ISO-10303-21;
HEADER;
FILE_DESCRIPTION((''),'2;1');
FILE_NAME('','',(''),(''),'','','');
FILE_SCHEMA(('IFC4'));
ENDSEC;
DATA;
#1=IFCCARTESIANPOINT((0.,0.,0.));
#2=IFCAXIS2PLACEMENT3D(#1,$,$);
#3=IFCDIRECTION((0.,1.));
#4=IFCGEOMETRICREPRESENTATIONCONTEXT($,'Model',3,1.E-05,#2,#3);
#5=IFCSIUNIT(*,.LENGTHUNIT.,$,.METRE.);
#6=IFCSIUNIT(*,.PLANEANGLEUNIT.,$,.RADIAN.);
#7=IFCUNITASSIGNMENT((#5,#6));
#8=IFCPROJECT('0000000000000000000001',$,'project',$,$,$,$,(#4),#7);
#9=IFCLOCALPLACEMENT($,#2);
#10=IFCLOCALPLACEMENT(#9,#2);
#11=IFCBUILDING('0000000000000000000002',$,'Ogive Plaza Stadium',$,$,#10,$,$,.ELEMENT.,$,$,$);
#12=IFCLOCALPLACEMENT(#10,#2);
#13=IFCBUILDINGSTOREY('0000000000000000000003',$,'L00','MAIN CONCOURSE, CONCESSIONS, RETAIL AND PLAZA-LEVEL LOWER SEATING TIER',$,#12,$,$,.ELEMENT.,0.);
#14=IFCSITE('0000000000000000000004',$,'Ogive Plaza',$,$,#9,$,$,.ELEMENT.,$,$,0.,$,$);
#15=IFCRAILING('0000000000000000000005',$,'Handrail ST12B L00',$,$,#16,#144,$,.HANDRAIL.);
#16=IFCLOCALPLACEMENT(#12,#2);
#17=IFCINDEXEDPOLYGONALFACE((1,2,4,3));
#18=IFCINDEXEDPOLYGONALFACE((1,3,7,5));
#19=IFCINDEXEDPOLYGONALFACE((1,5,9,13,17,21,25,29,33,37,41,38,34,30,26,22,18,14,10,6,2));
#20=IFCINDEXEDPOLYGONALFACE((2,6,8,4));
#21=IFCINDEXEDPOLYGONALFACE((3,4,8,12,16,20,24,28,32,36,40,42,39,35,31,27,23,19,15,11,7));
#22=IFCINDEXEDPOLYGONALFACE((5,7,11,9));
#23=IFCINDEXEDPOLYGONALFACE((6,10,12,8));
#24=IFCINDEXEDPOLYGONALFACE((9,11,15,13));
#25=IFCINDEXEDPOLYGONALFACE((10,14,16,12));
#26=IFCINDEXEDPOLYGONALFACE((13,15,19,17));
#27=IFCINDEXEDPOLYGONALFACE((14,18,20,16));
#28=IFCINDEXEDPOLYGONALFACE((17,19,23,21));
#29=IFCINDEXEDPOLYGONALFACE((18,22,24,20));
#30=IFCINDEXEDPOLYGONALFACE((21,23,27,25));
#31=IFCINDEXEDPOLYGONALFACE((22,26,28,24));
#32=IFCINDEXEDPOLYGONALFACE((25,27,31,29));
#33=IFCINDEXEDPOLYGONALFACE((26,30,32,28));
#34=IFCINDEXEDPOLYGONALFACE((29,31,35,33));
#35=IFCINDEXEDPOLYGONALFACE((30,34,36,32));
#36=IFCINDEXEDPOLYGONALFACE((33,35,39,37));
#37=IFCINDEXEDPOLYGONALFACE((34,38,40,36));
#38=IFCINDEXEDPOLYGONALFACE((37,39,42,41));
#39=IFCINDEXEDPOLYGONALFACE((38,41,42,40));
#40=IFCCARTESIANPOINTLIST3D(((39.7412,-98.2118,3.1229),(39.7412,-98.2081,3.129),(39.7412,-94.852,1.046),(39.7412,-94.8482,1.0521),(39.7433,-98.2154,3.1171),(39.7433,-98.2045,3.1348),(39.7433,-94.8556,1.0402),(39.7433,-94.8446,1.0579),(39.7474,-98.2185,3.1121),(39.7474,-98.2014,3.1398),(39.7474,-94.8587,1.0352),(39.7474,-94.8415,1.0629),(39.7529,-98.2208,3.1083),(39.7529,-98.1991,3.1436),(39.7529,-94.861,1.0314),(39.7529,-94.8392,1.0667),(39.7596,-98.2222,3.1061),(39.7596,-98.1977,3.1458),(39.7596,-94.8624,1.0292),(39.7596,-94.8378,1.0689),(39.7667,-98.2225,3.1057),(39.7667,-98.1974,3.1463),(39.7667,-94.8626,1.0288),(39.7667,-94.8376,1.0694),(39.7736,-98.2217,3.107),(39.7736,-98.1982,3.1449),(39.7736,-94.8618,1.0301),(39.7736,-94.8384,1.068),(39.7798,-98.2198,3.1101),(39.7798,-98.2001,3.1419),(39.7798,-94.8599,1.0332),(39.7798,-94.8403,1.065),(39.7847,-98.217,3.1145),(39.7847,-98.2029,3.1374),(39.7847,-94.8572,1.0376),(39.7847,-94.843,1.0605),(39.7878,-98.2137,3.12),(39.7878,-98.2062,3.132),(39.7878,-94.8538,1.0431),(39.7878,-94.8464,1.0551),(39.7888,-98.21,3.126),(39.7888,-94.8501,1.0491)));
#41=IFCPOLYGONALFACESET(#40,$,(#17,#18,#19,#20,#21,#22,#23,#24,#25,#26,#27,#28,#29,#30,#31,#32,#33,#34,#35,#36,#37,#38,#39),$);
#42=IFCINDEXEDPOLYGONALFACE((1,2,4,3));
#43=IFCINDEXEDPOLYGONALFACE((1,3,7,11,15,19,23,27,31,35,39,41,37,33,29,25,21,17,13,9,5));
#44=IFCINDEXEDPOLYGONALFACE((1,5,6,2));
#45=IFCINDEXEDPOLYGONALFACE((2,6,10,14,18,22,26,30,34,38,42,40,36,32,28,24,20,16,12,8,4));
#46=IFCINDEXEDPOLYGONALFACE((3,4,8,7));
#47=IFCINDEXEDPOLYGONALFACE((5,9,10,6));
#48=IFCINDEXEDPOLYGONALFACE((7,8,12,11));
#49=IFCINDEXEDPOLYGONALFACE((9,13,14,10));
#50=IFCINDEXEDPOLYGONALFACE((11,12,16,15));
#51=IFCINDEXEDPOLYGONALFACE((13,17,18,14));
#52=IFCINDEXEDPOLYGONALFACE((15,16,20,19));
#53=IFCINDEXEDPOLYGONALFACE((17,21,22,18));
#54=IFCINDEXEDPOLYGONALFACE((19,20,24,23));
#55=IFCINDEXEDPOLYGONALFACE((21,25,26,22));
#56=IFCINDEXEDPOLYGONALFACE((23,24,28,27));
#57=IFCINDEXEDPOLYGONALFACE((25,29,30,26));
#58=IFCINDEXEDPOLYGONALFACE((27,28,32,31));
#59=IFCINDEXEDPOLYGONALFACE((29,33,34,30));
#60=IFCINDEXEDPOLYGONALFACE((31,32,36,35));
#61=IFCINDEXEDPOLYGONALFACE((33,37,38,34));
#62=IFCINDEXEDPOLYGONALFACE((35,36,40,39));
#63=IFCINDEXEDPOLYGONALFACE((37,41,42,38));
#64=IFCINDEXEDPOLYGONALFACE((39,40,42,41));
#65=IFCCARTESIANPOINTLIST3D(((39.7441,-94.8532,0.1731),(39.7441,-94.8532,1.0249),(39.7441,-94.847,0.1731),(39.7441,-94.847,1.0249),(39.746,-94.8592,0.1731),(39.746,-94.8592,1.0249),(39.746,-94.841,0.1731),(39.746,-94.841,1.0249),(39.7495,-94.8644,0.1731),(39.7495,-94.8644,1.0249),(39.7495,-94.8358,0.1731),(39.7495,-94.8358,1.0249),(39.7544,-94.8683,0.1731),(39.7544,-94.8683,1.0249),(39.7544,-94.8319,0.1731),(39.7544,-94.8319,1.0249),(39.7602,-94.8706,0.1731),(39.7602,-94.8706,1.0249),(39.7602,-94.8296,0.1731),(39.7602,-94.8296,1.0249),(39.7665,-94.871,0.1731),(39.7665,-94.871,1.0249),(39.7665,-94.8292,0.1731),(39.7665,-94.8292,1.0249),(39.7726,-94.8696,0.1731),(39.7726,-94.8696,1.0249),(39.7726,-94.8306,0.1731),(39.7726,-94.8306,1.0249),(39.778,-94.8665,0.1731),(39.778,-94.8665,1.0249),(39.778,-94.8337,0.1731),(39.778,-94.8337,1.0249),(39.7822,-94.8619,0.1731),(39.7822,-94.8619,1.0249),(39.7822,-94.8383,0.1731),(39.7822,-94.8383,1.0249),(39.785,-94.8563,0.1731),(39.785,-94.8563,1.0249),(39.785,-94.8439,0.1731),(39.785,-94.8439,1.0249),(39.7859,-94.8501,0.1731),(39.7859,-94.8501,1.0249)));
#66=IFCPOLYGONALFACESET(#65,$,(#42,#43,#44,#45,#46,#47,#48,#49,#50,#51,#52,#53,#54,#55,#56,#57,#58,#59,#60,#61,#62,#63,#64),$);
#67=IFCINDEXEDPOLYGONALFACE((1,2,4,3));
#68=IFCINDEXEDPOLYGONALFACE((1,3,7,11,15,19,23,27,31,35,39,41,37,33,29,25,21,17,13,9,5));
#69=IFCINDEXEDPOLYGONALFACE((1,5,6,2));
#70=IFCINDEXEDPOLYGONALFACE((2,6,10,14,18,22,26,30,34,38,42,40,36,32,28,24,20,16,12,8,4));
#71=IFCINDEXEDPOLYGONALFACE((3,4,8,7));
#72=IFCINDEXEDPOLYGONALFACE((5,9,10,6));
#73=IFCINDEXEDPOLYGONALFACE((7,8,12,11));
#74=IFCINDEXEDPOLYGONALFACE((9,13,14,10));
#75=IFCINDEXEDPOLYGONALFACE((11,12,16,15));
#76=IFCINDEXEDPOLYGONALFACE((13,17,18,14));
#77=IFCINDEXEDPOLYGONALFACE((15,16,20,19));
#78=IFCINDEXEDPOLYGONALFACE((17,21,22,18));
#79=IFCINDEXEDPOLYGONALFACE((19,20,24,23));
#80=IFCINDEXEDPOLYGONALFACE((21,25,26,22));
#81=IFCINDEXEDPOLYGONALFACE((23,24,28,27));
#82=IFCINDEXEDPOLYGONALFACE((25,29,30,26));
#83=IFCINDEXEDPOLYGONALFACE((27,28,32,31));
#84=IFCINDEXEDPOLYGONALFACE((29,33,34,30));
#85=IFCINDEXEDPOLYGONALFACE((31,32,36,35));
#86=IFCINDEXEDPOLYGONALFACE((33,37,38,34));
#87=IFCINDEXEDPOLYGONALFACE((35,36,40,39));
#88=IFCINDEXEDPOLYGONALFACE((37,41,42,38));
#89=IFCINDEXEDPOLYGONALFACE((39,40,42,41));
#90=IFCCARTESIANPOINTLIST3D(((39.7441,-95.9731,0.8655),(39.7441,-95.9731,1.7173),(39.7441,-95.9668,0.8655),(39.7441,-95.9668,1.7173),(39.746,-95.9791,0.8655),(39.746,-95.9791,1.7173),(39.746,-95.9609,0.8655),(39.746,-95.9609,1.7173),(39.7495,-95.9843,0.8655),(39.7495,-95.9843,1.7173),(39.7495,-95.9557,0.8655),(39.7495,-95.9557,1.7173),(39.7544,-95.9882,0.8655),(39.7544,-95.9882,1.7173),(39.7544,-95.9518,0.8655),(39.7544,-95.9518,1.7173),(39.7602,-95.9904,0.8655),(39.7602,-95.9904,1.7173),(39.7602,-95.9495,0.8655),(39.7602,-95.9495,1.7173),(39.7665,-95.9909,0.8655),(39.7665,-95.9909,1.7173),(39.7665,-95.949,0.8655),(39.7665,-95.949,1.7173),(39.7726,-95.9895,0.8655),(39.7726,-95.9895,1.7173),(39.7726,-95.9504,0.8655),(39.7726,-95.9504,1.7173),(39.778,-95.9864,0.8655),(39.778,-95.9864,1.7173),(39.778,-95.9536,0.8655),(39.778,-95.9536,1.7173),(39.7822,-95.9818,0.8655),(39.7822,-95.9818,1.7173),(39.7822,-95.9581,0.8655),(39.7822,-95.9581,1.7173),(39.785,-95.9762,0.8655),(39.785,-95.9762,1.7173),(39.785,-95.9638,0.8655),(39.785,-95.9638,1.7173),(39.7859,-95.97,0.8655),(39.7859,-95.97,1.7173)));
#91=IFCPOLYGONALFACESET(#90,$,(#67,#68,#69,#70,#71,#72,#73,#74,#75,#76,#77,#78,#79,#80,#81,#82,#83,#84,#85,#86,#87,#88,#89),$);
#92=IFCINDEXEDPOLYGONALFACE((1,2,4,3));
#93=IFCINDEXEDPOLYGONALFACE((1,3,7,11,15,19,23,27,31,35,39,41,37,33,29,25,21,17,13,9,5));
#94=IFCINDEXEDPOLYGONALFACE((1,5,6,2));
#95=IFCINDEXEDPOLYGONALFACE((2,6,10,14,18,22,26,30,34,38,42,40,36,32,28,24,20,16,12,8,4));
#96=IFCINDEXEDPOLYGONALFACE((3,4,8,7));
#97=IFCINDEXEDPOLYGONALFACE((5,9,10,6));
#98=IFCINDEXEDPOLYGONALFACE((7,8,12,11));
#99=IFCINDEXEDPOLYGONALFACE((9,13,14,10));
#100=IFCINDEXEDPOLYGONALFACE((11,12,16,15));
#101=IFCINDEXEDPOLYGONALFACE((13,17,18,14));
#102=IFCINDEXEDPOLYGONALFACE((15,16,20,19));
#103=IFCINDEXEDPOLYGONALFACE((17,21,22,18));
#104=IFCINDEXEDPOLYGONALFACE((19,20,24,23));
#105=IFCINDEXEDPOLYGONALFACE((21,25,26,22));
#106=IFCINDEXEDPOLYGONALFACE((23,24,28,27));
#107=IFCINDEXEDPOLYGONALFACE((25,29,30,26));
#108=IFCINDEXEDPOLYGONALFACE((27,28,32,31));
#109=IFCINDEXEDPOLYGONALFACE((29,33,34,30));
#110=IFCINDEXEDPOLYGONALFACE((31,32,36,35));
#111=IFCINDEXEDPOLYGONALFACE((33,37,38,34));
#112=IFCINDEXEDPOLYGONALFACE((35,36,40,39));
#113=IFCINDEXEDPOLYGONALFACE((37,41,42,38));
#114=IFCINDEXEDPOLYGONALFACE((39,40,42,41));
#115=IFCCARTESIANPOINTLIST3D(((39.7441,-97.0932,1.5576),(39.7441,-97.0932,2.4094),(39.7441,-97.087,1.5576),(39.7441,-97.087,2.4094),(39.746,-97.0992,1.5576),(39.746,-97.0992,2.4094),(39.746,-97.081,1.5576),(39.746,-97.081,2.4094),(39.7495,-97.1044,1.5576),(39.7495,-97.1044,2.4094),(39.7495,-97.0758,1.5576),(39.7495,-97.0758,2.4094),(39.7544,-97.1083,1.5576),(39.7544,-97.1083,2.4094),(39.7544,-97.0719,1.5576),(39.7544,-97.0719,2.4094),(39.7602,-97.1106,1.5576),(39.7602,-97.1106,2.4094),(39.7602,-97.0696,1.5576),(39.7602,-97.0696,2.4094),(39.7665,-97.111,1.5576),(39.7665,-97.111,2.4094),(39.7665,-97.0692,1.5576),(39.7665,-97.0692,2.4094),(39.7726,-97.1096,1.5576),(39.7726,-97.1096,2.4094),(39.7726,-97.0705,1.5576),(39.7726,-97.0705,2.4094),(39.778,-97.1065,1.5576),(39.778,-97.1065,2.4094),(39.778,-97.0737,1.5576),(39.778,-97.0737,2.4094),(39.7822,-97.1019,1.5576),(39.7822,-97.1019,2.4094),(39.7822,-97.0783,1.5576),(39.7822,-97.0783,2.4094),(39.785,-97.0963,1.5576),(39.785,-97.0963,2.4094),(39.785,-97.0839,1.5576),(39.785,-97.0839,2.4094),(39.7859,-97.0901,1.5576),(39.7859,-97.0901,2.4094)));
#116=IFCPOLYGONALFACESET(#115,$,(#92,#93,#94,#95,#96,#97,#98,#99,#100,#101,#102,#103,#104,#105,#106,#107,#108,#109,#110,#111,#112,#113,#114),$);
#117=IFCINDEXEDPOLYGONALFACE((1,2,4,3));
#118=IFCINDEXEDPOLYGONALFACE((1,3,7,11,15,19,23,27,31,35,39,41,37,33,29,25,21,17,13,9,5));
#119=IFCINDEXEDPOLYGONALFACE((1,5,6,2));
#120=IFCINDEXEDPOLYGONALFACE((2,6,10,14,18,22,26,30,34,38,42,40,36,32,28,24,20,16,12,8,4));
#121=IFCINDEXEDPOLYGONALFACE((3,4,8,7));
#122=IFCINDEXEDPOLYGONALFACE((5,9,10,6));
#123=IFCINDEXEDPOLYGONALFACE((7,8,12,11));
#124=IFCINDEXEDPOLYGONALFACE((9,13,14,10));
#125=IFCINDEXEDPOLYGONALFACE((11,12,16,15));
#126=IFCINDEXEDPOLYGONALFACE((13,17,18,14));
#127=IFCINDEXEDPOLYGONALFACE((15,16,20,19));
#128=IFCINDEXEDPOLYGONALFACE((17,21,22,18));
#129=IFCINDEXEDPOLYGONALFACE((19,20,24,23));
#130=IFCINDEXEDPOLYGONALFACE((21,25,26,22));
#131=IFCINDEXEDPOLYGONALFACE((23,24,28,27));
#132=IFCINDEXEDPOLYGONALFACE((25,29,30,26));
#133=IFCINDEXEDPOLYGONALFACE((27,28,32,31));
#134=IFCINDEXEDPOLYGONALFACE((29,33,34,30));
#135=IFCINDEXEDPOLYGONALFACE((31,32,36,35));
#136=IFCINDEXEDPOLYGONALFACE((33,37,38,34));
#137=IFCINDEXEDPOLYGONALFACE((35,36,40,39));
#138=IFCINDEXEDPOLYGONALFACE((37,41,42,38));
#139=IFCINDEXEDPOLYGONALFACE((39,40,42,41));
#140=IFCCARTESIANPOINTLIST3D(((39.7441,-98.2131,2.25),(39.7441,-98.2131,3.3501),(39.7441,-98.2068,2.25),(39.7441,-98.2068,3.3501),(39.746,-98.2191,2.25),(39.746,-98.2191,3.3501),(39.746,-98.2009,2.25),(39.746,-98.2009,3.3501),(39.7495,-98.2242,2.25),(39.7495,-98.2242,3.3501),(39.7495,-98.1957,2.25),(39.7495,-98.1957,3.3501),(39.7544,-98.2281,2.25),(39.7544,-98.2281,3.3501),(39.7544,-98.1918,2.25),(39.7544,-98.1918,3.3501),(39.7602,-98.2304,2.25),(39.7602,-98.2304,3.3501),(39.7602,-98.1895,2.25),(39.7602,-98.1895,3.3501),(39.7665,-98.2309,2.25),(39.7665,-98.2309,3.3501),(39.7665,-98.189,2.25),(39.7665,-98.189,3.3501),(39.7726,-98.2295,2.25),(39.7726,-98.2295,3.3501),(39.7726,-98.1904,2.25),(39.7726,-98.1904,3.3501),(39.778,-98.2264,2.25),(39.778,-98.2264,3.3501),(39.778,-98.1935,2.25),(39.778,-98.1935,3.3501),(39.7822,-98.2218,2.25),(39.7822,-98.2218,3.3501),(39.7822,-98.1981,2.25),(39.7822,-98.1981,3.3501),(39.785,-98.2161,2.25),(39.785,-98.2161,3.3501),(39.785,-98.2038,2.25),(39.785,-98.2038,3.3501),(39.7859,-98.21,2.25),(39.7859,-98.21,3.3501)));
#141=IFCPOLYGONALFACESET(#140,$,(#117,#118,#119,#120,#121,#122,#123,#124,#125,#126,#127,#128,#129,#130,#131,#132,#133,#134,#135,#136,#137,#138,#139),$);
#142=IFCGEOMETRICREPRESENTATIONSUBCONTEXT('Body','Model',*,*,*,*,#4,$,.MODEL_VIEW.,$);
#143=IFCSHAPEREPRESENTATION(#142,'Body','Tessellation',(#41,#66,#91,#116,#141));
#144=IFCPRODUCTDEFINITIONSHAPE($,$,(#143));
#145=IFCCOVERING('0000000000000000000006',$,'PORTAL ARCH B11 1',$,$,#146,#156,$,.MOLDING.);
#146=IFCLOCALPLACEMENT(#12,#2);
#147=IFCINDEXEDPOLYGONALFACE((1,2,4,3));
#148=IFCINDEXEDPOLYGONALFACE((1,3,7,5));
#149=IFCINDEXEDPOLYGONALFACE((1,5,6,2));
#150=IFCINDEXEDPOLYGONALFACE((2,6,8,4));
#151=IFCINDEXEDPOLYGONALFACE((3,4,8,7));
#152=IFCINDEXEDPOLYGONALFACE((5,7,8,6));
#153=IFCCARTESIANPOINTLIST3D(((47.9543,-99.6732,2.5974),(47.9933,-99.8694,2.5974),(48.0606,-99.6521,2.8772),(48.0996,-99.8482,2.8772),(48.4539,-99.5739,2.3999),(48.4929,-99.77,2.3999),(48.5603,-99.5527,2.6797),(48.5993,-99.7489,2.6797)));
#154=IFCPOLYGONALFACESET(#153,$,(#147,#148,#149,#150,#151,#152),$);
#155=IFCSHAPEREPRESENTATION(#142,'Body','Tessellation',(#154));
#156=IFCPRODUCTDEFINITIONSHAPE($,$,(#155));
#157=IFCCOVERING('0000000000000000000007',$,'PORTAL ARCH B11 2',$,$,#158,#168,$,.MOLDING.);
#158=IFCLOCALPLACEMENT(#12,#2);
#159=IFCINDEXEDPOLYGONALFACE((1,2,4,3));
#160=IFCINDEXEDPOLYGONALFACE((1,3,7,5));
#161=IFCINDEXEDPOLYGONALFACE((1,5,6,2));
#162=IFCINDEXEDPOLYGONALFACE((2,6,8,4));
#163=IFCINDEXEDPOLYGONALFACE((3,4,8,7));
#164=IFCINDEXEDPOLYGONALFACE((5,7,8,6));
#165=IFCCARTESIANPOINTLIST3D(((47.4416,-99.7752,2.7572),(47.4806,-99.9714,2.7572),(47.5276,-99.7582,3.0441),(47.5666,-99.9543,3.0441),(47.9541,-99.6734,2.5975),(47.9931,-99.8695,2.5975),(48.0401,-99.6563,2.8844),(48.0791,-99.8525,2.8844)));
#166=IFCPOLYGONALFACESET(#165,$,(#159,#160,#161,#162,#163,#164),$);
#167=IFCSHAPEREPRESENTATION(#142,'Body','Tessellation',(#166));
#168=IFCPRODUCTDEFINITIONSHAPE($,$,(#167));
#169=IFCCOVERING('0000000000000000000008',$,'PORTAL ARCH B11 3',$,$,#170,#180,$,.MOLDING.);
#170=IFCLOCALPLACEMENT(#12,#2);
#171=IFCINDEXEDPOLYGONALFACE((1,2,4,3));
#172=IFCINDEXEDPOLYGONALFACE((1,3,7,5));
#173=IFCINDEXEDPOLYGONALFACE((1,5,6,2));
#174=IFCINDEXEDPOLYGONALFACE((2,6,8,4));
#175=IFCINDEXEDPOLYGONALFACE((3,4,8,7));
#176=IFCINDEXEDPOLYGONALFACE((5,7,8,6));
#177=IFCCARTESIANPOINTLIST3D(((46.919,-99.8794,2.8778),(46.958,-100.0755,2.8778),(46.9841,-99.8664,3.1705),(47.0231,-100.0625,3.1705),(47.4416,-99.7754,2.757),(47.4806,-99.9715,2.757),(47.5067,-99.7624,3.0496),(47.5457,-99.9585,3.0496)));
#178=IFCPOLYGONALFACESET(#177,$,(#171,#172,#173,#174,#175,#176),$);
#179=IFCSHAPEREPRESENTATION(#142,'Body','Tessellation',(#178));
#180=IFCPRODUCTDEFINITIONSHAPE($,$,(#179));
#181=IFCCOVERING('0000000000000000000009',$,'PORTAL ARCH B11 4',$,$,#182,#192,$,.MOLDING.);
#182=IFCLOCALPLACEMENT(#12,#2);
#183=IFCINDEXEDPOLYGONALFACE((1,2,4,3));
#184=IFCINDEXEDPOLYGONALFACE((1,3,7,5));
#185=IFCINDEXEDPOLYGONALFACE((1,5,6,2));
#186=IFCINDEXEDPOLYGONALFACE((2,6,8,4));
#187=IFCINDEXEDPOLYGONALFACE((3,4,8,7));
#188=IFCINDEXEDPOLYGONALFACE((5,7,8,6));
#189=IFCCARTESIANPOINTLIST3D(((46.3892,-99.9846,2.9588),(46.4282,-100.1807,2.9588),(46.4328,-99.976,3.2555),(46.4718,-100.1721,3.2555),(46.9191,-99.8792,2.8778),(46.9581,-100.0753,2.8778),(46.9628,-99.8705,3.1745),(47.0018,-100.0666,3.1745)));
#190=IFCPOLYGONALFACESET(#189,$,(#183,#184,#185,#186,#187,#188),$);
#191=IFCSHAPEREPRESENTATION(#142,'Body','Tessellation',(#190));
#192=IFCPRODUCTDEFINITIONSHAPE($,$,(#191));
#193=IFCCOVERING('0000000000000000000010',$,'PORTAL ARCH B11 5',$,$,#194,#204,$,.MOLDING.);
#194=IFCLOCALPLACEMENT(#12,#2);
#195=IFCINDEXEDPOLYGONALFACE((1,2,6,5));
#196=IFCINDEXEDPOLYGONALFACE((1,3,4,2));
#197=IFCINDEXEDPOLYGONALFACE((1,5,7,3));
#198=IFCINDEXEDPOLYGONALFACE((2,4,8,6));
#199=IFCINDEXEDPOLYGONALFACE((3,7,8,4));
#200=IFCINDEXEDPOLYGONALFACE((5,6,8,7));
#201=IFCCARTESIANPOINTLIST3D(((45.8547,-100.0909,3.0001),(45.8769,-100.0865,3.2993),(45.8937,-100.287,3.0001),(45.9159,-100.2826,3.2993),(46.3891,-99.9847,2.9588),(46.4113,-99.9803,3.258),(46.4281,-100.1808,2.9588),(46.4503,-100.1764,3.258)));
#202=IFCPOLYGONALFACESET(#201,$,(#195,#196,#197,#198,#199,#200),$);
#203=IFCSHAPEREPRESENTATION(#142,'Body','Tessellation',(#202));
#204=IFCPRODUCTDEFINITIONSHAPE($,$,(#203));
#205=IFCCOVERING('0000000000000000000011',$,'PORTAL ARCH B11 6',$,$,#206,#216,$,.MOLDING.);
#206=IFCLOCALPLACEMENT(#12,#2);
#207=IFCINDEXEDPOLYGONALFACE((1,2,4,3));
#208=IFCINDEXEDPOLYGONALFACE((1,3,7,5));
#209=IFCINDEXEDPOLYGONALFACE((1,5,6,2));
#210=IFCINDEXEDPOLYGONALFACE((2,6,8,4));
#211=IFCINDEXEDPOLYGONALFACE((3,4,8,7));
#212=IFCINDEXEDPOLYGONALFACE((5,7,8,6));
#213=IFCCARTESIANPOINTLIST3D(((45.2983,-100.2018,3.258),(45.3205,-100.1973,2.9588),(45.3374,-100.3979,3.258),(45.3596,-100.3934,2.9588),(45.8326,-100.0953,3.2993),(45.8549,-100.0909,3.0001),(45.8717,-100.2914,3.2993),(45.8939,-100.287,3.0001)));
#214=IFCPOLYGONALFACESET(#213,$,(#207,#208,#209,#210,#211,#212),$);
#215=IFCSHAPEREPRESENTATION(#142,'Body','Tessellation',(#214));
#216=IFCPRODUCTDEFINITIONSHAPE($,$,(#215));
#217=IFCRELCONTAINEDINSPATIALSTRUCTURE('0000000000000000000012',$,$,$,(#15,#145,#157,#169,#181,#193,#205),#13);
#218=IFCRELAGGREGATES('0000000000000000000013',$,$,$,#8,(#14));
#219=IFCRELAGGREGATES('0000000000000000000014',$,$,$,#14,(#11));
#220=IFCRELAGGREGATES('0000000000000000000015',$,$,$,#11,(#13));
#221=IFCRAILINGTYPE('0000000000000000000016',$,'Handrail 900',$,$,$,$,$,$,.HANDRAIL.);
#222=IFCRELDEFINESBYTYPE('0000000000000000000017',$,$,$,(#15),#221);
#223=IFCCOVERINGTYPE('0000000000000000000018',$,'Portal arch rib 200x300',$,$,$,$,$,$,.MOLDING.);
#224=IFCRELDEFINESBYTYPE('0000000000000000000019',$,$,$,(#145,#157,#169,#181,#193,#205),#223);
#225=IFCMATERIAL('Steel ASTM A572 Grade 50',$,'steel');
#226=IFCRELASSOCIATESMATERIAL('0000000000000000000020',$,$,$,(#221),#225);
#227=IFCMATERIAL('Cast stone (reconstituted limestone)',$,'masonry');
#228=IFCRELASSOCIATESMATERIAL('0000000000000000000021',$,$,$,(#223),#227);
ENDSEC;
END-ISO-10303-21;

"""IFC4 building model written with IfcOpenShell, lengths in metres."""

from ifc_helpers import new_model, si_unit, direction, frame, origin, origin_2d, place, context, subcontext, project, spatial, rectangle, circle, extrude, material, material_profile, profile_set, type_object, element, save


model = new_model("IFC4")

# Units and contexts
model_context = context("Model", 3, precision=1e-05, world=origin(), true_north=direction((0.0, 1.0)))
body_context = subcontext(model_context, "Body", "Model", "MODEL_VIEW")
ifc_project = project(units=[si_unit("LENGTHUNIT", "METRE"), si_unit("PLANEANGLEUNIT", "RADIAN")], contexts=[model_context])

# Site, building, storey
site_placement = place(None, origin())
site = spatial("IfcSite", under=ifc_project, at=site_placement, Name="Ogive Plaza", CompositionType="ELEMENT", RefElevation=0.0)
building_placement = place(site_placement, origin())
building = spatial("IfcBuilding", under=site, at=building_placement, Name="Ogive Plaza Stadium", CompositionType="ELEMENT")
storey_placement = place(building_placement, origin())
storey = spatial("IfcBuildingStorey", under=building, at=storey_placement, Name="L00", Description="MAIN CONCOURSE, CONCESSIONS, RETAIL AND PLAZA-LEVEL LOWER SEATING TIER", CompositionType="ELEMENT", Elevation=0.0)

# Railing
ifc_material_1 = material(Name="Steel ASTM A572 Grade 50", Category="steel")
railing_type_1 = type_object("IfcRailingType", Name="Handrail 900", PredefinedType="HANDRAIL", material=ifc_material_1)
for number, where, name in (
    (1, (39.7649, -94.8501, 0.1731), "Handrail ST12B L00"),
):
    element("IfcRailing", number, at=place(storey_placement, frame(where)), inside=storey, type_object=railing_type_1, Name=name, PredefinedType="HANDRAIL", context=body_context, shape_type="SweptSolid", body=[
        extrude(circle(Radius=0.0239, at=origin_2d()), frame((0.0, 0.0, 0.876), z_axis=(0.0, -0.850606, 0.525803), x_axis=(1.0, 0.0, 0.0)), (0.0, 0.0, 1.0), 3.95),
        extrude(circle(Radius=0.021, at=origin_2d()), origin(), (0.0, 0.0, 1.0), 0.8518),
        extrude(circle(Radius=0.021, at=origin_2d()), frame((0.0, -1.1199, 0.6924)), (0.0, 0.0, 1.0), 0.8518),
        extrude(circle(Radius=0.021, at=origin_2d()), frame((0.0, -2.24, 1.3845)), (0.0, 0.0, 1.0), 0.8518),
        extrude(circle(Radius=0.021, at=origin_2d()), frame((0.0, -3.3599, 2.0769)), (0.0, 0.0, 1.0), 1.1001),
    ])

# Coverings
ifc_material_2 = material(Name="Cast stone (reconstituted limestone)", Category="masonry")
ifc_material_profile = material_profile(ifc_material_2, rectangle(XDim=0.2, YDim=0.3, at=origin_2d()), Name="Cast stone 200x300")
ifc_profile_set = profile_set([ifc_material_profile], Name="Cast stone (reconstituted limestone)")
covering_type = type_object("IfcCoveringType", Name="Portal arch rib 200x300", PredefinedType="MOLDING", material=ifc_profile_set)
for number, where, z_axis, x_axis, name in (
    (2, (48.5266, -99.6614, 2.5398), (-0.914501, -0.181828, 0.361422), (0.19501, -0.980801, 0.0), "PORTAL ARCH B11 1"),
    (3, (48.0166, -99.7629, 2.741), (-0.938007, -0.18635, 0.292261), (0.194858, -0.980831, 0.0), "PORTAL ARCH B11 2"),
    (4, (47.4937, -99.8669, 2.9033), (-0.956492, -0.190316, 0.221141), (0.195147, -0.980774, 0.0), "PORTAL ARCH B11 3"),
    (5, (46.9604, -99.9729, 3.0261), (-0.969923, -0.193002, 0.148325), (0.19516, -0.980771, 0.0), "PORTAL ARCH B11 4"),
    (6, (46.4197, -100.0806, 3.1084), (-0.978021, -0.194353, 0.075507), (0.19491, -0.980821, 0.0), "PORTAL ARCH B11 5"),
    (7, (45.8633, -100.1912, 3.1497), (-0.977936, -0.194783, -0.075501), (0.195341, -0.980735, 0.0), "PORTAL ARCH B11 6"),
):
    element("IfcCovering", number, at=place(storey_placement, frame(where, z_axis=z_axis, x_axis=x_axis)), inside=storey, type_object=covering_type, Name=name, PredefinedType="MOLDING", context=body_context, shape_type="SweptSolid", body=[
        extrude(rectangle(XDim=0.2, YDim=0.3, at=origin_2d()), origin(), (0.0, 0.0, 1.0), 0.5464),
    ])

save(model, "model.ifc")
